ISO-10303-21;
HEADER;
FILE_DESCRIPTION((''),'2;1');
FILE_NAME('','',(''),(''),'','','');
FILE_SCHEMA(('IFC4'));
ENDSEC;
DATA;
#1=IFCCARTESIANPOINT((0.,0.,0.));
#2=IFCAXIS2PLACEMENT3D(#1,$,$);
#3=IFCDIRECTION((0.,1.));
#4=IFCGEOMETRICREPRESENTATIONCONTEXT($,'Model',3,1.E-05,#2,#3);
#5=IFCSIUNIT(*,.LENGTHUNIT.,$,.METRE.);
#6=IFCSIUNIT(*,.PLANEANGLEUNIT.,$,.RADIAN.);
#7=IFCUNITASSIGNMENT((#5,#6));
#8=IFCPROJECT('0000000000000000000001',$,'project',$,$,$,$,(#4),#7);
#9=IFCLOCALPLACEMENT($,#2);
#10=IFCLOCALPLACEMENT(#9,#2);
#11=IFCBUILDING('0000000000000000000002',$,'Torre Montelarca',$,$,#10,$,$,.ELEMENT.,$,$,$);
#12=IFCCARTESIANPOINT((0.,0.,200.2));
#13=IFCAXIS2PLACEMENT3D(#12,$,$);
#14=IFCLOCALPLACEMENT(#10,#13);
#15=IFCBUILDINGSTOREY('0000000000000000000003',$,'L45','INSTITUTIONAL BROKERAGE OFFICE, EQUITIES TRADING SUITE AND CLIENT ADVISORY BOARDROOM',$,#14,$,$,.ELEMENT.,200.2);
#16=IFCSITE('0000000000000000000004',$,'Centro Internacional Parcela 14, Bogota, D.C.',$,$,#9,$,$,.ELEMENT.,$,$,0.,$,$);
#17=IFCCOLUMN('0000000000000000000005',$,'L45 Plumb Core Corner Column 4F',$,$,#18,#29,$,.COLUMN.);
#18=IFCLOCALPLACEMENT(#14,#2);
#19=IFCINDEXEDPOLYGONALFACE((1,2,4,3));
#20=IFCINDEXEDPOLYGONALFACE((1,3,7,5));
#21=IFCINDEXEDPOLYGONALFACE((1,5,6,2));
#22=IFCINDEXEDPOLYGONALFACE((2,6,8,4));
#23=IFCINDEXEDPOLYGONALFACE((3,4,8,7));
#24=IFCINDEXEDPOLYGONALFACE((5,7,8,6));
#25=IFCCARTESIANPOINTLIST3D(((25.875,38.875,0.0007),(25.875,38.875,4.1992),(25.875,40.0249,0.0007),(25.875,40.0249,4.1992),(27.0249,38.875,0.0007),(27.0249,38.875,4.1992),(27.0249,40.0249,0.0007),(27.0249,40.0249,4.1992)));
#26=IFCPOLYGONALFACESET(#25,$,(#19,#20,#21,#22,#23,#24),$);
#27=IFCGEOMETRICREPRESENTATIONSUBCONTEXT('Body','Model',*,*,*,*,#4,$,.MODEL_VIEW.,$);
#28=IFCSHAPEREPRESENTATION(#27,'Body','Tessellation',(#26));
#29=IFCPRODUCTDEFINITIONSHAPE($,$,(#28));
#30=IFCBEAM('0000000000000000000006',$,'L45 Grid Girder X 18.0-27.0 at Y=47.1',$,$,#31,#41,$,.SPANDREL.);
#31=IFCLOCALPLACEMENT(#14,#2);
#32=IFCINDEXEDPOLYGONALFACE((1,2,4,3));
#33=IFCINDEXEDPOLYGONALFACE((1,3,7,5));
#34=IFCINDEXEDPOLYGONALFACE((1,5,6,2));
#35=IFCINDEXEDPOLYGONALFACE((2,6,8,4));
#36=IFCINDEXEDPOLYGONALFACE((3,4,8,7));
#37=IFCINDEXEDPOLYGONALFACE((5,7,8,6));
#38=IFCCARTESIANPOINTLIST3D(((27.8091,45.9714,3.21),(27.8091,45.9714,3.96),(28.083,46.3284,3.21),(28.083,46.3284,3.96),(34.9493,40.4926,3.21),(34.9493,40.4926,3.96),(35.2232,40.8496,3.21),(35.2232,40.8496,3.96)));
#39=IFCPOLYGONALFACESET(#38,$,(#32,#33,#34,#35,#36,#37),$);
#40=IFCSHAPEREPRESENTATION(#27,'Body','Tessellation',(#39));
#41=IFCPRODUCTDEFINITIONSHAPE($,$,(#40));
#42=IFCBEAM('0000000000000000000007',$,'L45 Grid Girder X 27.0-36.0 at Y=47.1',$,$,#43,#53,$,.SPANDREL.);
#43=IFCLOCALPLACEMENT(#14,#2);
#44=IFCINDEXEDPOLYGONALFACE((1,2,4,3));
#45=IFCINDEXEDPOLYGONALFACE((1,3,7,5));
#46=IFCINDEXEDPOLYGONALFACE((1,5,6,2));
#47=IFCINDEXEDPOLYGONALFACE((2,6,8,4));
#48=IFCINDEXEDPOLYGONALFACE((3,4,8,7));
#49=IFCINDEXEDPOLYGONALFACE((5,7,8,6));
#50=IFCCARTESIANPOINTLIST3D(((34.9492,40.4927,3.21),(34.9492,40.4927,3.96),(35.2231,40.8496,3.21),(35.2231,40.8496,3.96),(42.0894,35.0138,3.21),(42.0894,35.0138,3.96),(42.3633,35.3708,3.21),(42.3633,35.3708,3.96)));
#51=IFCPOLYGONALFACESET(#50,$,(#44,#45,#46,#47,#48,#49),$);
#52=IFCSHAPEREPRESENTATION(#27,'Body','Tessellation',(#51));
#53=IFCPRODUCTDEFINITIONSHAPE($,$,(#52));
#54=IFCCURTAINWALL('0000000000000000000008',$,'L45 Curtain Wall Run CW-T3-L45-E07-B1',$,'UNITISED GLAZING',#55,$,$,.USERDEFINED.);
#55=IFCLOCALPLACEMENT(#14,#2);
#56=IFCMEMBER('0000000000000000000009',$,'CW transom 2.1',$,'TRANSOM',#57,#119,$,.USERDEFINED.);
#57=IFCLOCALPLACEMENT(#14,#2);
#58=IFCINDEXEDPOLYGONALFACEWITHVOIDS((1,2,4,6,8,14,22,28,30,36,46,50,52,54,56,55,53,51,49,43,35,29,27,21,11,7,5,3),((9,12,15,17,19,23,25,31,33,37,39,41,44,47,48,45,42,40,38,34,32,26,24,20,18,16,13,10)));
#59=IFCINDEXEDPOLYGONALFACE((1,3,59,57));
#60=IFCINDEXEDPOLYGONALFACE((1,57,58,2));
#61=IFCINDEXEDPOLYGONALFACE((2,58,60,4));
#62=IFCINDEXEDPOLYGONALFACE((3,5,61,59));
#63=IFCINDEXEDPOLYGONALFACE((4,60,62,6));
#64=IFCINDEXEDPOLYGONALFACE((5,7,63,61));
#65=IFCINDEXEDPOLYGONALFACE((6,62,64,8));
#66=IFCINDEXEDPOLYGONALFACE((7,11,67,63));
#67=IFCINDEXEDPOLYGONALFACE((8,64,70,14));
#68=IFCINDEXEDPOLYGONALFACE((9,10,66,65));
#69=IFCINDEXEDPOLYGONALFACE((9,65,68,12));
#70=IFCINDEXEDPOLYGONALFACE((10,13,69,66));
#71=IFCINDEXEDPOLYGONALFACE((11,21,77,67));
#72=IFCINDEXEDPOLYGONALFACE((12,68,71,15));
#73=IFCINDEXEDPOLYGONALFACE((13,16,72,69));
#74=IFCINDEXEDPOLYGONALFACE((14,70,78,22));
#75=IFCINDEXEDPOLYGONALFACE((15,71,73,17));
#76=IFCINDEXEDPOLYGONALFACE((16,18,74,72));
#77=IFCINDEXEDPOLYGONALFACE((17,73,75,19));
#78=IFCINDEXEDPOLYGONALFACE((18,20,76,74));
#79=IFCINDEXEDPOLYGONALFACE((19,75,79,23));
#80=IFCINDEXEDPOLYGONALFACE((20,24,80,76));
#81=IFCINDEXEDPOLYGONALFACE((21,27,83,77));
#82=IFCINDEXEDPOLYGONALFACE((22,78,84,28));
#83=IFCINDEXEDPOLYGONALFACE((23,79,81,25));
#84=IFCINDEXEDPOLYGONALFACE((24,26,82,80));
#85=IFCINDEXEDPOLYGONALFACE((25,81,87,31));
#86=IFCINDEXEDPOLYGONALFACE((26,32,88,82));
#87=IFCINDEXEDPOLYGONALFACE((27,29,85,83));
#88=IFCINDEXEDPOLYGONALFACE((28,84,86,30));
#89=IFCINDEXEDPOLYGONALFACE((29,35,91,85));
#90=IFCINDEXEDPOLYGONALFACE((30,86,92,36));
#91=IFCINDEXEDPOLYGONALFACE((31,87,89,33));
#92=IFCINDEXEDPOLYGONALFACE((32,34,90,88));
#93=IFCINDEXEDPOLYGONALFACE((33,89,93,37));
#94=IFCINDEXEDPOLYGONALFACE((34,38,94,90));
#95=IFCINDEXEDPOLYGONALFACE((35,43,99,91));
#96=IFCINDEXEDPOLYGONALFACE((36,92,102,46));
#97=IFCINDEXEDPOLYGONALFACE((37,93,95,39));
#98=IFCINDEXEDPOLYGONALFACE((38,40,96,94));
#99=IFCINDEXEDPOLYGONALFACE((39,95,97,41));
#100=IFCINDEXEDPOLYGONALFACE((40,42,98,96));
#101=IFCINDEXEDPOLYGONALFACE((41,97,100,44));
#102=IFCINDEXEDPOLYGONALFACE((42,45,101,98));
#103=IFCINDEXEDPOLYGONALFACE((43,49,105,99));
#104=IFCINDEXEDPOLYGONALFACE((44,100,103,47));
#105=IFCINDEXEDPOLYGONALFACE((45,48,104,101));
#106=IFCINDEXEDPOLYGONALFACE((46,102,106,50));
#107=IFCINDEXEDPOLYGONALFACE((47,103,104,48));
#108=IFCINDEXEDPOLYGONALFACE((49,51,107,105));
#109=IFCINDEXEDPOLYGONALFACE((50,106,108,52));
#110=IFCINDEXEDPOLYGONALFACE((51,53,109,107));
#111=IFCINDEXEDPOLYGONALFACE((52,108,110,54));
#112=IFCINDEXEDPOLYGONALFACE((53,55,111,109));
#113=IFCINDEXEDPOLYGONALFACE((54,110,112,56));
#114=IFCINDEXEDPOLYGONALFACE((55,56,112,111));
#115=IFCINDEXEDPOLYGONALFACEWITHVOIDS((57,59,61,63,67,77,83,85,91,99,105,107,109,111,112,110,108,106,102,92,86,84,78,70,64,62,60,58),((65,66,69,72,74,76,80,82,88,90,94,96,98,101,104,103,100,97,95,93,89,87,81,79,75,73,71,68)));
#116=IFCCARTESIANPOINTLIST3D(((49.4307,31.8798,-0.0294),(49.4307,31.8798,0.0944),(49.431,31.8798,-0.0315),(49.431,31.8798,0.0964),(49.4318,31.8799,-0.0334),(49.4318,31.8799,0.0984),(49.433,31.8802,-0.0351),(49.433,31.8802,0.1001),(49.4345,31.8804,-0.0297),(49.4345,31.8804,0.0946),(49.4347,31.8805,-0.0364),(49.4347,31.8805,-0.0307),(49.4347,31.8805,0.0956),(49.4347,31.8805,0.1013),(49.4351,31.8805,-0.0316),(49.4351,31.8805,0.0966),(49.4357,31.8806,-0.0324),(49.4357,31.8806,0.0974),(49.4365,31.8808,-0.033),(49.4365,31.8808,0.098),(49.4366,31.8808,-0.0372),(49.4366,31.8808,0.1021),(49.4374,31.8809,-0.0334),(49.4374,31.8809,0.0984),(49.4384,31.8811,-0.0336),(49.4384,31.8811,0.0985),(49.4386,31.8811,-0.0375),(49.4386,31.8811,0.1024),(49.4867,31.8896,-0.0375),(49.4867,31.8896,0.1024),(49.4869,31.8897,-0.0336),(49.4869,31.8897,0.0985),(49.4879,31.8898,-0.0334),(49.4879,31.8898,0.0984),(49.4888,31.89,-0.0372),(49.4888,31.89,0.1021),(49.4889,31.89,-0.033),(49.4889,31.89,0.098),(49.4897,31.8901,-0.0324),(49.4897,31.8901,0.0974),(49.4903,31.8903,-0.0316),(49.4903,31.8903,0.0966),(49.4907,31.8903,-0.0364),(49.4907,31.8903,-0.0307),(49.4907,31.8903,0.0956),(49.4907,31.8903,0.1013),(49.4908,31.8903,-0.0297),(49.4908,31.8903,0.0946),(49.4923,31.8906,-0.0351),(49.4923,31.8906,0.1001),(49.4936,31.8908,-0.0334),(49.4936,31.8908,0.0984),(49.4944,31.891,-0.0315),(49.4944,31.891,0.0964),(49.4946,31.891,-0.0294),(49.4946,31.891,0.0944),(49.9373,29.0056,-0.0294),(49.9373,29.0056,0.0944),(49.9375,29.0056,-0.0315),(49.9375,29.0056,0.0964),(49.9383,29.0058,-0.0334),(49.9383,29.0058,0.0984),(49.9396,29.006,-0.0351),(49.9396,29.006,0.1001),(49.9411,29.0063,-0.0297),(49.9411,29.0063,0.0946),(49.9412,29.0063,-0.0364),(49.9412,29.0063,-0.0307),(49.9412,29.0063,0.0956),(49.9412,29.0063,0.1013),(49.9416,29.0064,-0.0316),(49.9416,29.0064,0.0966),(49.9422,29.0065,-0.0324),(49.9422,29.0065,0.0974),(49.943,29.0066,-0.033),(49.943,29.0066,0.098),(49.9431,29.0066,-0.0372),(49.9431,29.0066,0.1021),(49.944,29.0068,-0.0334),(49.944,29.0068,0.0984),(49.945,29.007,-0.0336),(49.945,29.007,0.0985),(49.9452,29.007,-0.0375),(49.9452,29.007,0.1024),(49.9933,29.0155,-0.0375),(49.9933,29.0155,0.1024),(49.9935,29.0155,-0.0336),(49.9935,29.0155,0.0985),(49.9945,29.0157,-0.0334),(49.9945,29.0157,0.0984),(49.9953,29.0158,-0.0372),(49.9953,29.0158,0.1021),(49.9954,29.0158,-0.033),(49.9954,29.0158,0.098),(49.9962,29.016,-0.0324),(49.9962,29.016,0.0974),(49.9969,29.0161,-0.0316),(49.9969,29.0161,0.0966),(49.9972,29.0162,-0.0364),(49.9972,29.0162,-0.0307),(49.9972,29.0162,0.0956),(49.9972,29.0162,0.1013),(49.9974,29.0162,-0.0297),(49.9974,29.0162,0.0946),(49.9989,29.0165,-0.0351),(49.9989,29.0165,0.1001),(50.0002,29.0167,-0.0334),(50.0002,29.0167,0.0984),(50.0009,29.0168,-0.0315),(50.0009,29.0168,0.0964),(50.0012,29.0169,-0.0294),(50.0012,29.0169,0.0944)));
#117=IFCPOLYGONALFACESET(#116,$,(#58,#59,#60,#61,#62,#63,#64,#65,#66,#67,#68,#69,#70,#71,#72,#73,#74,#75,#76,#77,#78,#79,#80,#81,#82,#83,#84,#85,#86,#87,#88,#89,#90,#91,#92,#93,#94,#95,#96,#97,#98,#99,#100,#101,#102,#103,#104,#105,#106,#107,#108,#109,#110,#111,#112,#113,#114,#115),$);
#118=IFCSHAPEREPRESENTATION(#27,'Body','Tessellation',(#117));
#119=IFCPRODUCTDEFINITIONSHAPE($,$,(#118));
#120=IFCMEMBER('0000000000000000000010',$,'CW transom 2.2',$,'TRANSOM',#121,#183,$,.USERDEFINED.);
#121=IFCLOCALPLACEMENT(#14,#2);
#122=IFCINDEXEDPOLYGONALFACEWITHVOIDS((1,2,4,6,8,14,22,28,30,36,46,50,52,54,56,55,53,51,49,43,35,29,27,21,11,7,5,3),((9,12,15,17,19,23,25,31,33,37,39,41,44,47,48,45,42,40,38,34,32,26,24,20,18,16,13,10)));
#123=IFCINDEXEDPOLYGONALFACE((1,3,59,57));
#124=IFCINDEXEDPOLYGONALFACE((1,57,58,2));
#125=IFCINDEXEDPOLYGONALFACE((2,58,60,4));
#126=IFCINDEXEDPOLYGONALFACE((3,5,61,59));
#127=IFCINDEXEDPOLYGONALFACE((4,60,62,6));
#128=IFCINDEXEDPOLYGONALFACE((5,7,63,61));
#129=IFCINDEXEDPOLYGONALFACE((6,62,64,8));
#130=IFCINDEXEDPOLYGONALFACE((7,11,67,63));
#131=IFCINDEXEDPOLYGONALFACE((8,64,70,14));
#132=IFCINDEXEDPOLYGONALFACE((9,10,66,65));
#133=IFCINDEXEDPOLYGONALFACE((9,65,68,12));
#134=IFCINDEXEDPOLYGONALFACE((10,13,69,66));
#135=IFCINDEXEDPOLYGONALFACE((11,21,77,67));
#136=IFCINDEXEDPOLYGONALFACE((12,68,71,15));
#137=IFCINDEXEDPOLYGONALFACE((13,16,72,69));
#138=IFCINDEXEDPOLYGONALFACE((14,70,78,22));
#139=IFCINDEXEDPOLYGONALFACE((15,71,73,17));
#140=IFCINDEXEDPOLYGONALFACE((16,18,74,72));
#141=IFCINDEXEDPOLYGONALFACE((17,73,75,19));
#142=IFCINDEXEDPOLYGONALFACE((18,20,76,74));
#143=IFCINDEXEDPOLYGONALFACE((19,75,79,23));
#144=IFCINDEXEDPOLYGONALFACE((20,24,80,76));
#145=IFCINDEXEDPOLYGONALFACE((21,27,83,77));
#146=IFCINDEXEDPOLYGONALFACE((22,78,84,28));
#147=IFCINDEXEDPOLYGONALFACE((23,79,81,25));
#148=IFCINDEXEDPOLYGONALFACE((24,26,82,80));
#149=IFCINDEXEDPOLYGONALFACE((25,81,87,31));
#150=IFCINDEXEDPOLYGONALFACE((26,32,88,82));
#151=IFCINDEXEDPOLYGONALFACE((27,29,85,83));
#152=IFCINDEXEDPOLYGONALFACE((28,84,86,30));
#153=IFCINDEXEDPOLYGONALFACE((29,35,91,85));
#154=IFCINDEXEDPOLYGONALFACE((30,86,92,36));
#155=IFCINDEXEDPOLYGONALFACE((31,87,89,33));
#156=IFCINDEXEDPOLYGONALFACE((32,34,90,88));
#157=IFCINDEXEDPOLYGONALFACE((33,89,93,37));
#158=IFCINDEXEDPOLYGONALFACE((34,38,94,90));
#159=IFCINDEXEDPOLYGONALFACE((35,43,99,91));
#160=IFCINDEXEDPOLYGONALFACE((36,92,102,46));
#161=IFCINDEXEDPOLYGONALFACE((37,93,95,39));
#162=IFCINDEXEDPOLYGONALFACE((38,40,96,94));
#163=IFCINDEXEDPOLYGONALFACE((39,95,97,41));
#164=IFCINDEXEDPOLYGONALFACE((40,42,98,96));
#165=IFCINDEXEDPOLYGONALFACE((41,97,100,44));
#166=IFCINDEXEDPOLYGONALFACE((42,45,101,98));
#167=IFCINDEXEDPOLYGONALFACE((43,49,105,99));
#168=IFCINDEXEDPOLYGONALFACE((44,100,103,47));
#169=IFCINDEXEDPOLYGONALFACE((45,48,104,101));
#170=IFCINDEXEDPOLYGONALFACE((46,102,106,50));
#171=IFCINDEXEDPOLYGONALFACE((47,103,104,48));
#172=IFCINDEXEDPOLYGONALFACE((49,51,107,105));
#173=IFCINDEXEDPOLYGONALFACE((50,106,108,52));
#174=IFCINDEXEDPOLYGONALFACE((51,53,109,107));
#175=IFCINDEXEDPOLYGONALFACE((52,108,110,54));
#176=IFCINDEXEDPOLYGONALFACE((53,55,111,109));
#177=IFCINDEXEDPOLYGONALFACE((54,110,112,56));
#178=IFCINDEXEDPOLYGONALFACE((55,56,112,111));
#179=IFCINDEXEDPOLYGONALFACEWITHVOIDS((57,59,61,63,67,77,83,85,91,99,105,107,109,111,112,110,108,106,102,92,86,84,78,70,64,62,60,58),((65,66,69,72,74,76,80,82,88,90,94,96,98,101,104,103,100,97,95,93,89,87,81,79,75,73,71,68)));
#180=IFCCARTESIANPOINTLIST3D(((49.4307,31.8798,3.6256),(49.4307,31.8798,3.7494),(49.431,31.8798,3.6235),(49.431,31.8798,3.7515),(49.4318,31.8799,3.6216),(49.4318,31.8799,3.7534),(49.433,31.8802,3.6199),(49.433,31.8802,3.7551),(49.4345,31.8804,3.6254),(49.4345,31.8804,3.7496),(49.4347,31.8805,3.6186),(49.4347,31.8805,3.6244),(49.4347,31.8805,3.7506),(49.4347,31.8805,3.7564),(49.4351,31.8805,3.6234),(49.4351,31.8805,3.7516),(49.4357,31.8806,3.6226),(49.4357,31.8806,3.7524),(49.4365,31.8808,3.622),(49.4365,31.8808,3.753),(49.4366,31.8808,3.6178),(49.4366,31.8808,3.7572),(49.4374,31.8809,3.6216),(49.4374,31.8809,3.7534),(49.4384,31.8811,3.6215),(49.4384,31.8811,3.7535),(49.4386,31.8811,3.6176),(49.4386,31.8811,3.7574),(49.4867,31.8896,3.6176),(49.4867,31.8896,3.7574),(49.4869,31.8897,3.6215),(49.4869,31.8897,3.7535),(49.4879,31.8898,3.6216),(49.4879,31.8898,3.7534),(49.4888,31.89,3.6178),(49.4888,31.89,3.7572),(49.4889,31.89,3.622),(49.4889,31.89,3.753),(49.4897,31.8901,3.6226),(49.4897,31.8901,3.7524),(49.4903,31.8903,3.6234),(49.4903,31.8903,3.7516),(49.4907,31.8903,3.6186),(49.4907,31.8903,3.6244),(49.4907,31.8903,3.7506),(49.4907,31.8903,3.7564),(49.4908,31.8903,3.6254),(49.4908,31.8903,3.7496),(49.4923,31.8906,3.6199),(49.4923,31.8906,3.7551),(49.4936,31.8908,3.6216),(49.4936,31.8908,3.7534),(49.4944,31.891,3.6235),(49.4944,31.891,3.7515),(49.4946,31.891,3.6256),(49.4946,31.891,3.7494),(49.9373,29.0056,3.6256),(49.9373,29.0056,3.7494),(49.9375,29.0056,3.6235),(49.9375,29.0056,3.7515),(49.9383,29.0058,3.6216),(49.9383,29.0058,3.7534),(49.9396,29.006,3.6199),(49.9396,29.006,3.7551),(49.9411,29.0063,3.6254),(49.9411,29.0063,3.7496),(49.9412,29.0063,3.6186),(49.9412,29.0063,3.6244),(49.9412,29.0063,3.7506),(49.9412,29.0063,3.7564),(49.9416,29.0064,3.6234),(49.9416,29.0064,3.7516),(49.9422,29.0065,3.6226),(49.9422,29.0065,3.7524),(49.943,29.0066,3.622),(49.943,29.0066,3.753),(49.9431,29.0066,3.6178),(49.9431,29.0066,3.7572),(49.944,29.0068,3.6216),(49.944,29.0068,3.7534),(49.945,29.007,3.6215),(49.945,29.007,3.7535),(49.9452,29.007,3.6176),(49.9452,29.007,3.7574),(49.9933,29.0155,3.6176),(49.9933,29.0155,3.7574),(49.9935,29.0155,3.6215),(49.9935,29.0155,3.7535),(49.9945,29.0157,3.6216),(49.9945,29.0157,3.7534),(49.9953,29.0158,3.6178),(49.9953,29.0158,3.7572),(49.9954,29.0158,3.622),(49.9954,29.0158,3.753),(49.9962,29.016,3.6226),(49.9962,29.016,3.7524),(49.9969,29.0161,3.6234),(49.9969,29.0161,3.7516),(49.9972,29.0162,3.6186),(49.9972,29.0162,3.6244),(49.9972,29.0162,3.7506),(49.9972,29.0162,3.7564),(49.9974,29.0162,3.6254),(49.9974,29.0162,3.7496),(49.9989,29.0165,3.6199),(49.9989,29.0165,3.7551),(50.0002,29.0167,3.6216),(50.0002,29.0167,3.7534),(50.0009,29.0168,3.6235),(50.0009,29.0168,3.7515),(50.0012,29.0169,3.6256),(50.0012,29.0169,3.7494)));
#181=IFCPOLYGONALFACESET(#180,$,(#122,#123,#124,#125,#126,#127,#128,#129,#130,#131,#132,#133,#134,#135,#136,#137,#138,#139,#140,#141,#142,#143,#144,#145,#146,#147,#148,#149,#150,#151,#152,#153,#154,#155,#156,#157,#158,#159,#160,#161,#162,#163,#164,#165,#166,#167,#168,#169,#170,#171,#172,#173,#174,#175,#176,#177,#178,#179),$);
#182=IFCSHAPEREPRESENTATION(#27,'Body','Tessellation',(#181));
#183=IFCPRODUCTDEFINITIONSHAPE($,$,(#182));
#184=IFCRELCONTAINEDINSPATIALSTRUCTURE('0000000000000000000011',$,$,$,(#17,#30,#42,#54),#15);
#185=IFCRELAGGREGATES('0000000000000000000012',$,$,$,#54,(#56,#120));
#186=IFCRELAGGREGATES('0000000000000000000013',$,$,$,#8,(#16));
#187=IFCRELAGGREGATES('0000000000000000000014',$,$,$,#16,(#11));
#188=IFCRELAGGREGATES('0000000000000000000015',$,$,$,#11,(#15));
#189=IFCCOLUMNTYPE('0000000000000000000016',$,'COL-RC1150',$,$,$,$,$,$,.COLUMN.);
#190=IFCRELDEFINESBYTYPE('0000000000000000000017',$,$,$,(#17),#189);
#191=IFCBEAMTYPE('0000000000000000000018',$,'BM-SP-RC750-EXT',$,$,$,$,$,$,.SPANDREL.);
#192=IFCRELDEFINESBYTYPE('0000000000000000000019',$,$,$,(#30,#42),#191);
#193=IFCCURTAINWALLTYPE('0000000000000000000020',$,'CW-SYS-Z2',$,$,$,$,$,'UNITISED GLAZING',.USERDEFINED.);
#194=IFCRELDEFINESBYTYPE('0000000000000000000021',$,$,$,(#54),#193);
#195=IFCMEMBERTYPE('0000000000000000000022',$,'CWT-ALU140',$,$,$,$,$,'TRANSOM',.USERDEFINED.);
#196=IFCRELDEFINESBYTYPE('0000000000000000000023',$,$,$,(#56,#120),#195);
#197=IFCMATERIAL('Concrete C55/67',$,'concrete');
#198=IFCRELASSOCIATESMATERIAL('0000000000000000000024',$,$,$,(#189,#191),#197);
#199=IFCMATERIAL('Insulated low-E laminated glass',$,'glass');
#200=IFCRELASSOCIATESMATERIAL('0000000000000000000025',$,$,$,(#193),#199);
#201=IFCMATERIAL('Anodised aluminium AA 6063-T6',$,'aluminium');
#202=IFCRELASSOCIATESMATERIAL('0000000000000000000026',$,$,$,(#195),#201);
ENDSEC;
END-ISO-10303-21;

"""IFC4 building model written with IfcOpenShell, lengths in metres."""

from ifc_helpers import new_model, si_unit, direction, frame, origin, origin_2d, place, context, subcontext, project, spatial, rectangle, hollow_rectangle, extrude, source, transform, mapped, material, material_profile, profile_set, type_object, element, aggregate, save


model = new_model("IFC4")

# Units and contexts
model_context = context("Model", 3, precision=1e-05, world=origin(), true_north=direction((0.0, 1.0)))
body_context = subcontext(model_context, "Body", "Model", "MODEL_VIEW")
ifc_project = project(units=[si_unit("LENGTHUNIT", "METRE"), si_unit("PLANEANGLEUNIT", "RADIAN")], contexts=[model_context])

# Site, building, storey
site_placement = place(None, origin())
site = spatial("IfcSite", under=ifc_project, at=site_placement, Name="Centro Internacional Parcela 14, Bogota, D.C.", CompositionType="ELEMENT", RefElevation=0.0)
building_placement = place(site_placement, origin())
building = spatial("IfcBuilding", under=site, at=building_placement, Name="Torre Montelarca", CompositionType="ELEMENT")
storey_placement = place(building_placement, frame((0.0, 0.0, 200.2)))
storey = spatial("IfcBuildingStorey", under=building, at=storey_placement, Name="L45", Description="INSTITUTIONAL BROKERAGE OFFICE, EQUITIES TRADING SUITE AND CLIENT ADVISORY BOARDROOM", CompositionType="ELEMENT", Elevation=200.2)

# Column
ifc_material_1 = material(Name="Concrete C55/67", Category="concrete")
ifc_material_profile_1 = material_profile(ifc_material_1, rectangle(XDim=1.1499, YDim=1.1499, at=origin_2d()), Name="RC1150X1150", Category="concrete")
ifc_profile_set_1 = profile_set([ifc_material_profile_1], Name="Concrete C55/67")
column_type_1 = type_object("IfcColumnType", Name="COL-RC1150", PredefinedType="COLUMN", material=ifc_profile_set_1)
shared_shape_1 = source(origin(), body_context, "Body", "SweptSolid", [
    extrude(rectangle(XDim=1.1499, YDim=1.1499, at=origin_2d()), origin(), (0.0, 0.0, 1.0), 4.1985),
])
column_1_placement = place(storey_placement, frame((26.45, 39.45, 0.0007), z_axis=(0.0, 0.0, 1.0), x_axis=(1.0, 0.0, 0.0)))
element("IfcColumn", 1, at=column_1_placement, inside=storey, type_object=column_type_1, Name="L45 Plumb Core Corner Column 4F", PredefinedType="COLUMN", context=body_context, shape_type="MappedRepresentation", body=[
    mapped(shared_shape_1, transform((0.0, 0.0, 0.0), scale=1.0)),
])

# Beams
ifc_material_profile_2 = material_profile(ifc_material_1, rectangle(XDim=0.45, YDim=0.75, at=origin_2d()), Name="RCB450X750", Category="concrete")
ifc_profile_set_2 = profile_set([ifc_material_profile_2], Name="Concrete C55/67")
beam_type = type_object("IfcBeamType", Name="BM-SP-RC750-EXT", PredefinedType="SPANDREL", material=ifc_profile_set_2)
shared_shape_2 = source(origin(), body_context, "Body", "SweptSolid", [
    extrude(rectangle(XDim=0.45, YDim=0.75, at=origin_2d()), origin(), (0.0, 0.0, 1.0), 9.0),
])
for number, where, z_axis, x_axis, name in (
    (2, (27.946, 46.1499, 3.585), (0.793357, -0.608757, 0.0), (0.608757, 0.793357, 0.0), "L45 Grid Girder X 18.0-27.0 at Y=47.1"),
    (3, (35.0862, 40.6711, 3.585), (0.793357, -0.608757, 0.0), (0.608757, 0.793357, 0.0), "L45 Grid Girder X 27.0-36.0 at Y=47.1"),
):
    element("IfcBeam", number, at=place(storey_placement, frame(where, z_axis=z_axis, x_axis=x_axis)), inside=storey, type_object=beam_type, Name=name, PredefinedType="SPANDREL", context=body_context, shape_type="MappedRepresentation", body=[
        mapped(shared_shape_2, transform((0.0, 0.0, 0.0), scale=1.0)),
    ])

# Curtain wall, members
ifc_material_2 = material(Name="Insulated low-E laminated glass", Category="glass")
curtain_wall_type = type_object("IfcCurtainWallType", Name="CW-SYS-Z2", ElementType="UNITISED GLAZING", PredefinedType="USERDEFINED", material=ifc_material_2)
curtain_wall_1_placement = place(storey_placement, origin())
curtain_wall_1 = element("IfcCurtainWall", 4, at=curtain_wall_1_placement, inside=storey, type_object=curtain_wall_type, Name="L45 Curtain Wall Run CW-T3-L45-E07-B1", ObjectType="UNITISED GLAZING", PredefinedType="USERDEFINED")
ifc_material_3 = material(Name="Anodised aluminium AA 6063-T6", Category="aluminium")
ifc_material_profile_3 = material_profile(ifc_material_3, hollow_rectangle(XDim=0.0649, YDim=0.1399, WallThickness=0.0039, InnerFilletRadius=0.0039, OuterFilletRadius=0.0081, at=origin_2d()), Name="ALU65X140X4", Category="aluminium")
ifc_profile_set_3 = profile_set([ifc_material_profile_3], Name="Anodised aluminium AA 6063-T6")
member_type_1 = type_object("IfcMemberType", Name="CWT-ALU140", ElementType="TRANSOM", PredefinedType="USERDEFINED", material=ifc_profile_set_3)
shared_shape_3 = source(origin(), body_context, "Body", "SweptSolid", [
    extrude(hollow_rectangle(XDim=0.0649, YDim=0.1399, WallThickness=0.0039, InnerFilletRadius=0.0039, OuterFilletRadius=0.0081, at=origin_2d()), origin(), (0.0, 0.0, 1.0), 2.9185),
])
member_1_placement = place(storey_placement, frame((49.9692, 29.0112, 0.0325), z_axis=(-0.173575, 0.984821, 0.0), x_axis=(-0.984821, -0.173575, 0.0)))
member_1 = element("IfcMember", 5, at=member_1_placement, type_object=member_type_1, Name="CW transom 2.1", ObjectType="TRANSOM", PredefinedType="USERDEFINED", context=body_context, shape_type="MappedRepresentation", body=[
    mapped(shared_shape_3, transform((0.0, 0.0, 0.0), scale=1.0)),
])
member_2_placement = place(storey_placement, frame((49.9692, 29.0112, 3.6875), z_axis=(-0.173575, 0.984821, 0.0), x_axis=(-0.984821, -0.173575, 0.0)))
member_2 = element("IfcMember", 6, at=member_2_placement, type_object=member_type_1, Name="CW transom 2.2", ObjectType="TRANSOM", PredefinedType="USERDEFINED", context=body_context, shape_type="MappedRepresentation", body=[
    mapped(shared_shape_3, transform((0.0, 0.0, 0.0), scale=1.0)),
])

aggregate(curtain_wall_1, [member_1, member_2])

save(model, "model.ifc")
